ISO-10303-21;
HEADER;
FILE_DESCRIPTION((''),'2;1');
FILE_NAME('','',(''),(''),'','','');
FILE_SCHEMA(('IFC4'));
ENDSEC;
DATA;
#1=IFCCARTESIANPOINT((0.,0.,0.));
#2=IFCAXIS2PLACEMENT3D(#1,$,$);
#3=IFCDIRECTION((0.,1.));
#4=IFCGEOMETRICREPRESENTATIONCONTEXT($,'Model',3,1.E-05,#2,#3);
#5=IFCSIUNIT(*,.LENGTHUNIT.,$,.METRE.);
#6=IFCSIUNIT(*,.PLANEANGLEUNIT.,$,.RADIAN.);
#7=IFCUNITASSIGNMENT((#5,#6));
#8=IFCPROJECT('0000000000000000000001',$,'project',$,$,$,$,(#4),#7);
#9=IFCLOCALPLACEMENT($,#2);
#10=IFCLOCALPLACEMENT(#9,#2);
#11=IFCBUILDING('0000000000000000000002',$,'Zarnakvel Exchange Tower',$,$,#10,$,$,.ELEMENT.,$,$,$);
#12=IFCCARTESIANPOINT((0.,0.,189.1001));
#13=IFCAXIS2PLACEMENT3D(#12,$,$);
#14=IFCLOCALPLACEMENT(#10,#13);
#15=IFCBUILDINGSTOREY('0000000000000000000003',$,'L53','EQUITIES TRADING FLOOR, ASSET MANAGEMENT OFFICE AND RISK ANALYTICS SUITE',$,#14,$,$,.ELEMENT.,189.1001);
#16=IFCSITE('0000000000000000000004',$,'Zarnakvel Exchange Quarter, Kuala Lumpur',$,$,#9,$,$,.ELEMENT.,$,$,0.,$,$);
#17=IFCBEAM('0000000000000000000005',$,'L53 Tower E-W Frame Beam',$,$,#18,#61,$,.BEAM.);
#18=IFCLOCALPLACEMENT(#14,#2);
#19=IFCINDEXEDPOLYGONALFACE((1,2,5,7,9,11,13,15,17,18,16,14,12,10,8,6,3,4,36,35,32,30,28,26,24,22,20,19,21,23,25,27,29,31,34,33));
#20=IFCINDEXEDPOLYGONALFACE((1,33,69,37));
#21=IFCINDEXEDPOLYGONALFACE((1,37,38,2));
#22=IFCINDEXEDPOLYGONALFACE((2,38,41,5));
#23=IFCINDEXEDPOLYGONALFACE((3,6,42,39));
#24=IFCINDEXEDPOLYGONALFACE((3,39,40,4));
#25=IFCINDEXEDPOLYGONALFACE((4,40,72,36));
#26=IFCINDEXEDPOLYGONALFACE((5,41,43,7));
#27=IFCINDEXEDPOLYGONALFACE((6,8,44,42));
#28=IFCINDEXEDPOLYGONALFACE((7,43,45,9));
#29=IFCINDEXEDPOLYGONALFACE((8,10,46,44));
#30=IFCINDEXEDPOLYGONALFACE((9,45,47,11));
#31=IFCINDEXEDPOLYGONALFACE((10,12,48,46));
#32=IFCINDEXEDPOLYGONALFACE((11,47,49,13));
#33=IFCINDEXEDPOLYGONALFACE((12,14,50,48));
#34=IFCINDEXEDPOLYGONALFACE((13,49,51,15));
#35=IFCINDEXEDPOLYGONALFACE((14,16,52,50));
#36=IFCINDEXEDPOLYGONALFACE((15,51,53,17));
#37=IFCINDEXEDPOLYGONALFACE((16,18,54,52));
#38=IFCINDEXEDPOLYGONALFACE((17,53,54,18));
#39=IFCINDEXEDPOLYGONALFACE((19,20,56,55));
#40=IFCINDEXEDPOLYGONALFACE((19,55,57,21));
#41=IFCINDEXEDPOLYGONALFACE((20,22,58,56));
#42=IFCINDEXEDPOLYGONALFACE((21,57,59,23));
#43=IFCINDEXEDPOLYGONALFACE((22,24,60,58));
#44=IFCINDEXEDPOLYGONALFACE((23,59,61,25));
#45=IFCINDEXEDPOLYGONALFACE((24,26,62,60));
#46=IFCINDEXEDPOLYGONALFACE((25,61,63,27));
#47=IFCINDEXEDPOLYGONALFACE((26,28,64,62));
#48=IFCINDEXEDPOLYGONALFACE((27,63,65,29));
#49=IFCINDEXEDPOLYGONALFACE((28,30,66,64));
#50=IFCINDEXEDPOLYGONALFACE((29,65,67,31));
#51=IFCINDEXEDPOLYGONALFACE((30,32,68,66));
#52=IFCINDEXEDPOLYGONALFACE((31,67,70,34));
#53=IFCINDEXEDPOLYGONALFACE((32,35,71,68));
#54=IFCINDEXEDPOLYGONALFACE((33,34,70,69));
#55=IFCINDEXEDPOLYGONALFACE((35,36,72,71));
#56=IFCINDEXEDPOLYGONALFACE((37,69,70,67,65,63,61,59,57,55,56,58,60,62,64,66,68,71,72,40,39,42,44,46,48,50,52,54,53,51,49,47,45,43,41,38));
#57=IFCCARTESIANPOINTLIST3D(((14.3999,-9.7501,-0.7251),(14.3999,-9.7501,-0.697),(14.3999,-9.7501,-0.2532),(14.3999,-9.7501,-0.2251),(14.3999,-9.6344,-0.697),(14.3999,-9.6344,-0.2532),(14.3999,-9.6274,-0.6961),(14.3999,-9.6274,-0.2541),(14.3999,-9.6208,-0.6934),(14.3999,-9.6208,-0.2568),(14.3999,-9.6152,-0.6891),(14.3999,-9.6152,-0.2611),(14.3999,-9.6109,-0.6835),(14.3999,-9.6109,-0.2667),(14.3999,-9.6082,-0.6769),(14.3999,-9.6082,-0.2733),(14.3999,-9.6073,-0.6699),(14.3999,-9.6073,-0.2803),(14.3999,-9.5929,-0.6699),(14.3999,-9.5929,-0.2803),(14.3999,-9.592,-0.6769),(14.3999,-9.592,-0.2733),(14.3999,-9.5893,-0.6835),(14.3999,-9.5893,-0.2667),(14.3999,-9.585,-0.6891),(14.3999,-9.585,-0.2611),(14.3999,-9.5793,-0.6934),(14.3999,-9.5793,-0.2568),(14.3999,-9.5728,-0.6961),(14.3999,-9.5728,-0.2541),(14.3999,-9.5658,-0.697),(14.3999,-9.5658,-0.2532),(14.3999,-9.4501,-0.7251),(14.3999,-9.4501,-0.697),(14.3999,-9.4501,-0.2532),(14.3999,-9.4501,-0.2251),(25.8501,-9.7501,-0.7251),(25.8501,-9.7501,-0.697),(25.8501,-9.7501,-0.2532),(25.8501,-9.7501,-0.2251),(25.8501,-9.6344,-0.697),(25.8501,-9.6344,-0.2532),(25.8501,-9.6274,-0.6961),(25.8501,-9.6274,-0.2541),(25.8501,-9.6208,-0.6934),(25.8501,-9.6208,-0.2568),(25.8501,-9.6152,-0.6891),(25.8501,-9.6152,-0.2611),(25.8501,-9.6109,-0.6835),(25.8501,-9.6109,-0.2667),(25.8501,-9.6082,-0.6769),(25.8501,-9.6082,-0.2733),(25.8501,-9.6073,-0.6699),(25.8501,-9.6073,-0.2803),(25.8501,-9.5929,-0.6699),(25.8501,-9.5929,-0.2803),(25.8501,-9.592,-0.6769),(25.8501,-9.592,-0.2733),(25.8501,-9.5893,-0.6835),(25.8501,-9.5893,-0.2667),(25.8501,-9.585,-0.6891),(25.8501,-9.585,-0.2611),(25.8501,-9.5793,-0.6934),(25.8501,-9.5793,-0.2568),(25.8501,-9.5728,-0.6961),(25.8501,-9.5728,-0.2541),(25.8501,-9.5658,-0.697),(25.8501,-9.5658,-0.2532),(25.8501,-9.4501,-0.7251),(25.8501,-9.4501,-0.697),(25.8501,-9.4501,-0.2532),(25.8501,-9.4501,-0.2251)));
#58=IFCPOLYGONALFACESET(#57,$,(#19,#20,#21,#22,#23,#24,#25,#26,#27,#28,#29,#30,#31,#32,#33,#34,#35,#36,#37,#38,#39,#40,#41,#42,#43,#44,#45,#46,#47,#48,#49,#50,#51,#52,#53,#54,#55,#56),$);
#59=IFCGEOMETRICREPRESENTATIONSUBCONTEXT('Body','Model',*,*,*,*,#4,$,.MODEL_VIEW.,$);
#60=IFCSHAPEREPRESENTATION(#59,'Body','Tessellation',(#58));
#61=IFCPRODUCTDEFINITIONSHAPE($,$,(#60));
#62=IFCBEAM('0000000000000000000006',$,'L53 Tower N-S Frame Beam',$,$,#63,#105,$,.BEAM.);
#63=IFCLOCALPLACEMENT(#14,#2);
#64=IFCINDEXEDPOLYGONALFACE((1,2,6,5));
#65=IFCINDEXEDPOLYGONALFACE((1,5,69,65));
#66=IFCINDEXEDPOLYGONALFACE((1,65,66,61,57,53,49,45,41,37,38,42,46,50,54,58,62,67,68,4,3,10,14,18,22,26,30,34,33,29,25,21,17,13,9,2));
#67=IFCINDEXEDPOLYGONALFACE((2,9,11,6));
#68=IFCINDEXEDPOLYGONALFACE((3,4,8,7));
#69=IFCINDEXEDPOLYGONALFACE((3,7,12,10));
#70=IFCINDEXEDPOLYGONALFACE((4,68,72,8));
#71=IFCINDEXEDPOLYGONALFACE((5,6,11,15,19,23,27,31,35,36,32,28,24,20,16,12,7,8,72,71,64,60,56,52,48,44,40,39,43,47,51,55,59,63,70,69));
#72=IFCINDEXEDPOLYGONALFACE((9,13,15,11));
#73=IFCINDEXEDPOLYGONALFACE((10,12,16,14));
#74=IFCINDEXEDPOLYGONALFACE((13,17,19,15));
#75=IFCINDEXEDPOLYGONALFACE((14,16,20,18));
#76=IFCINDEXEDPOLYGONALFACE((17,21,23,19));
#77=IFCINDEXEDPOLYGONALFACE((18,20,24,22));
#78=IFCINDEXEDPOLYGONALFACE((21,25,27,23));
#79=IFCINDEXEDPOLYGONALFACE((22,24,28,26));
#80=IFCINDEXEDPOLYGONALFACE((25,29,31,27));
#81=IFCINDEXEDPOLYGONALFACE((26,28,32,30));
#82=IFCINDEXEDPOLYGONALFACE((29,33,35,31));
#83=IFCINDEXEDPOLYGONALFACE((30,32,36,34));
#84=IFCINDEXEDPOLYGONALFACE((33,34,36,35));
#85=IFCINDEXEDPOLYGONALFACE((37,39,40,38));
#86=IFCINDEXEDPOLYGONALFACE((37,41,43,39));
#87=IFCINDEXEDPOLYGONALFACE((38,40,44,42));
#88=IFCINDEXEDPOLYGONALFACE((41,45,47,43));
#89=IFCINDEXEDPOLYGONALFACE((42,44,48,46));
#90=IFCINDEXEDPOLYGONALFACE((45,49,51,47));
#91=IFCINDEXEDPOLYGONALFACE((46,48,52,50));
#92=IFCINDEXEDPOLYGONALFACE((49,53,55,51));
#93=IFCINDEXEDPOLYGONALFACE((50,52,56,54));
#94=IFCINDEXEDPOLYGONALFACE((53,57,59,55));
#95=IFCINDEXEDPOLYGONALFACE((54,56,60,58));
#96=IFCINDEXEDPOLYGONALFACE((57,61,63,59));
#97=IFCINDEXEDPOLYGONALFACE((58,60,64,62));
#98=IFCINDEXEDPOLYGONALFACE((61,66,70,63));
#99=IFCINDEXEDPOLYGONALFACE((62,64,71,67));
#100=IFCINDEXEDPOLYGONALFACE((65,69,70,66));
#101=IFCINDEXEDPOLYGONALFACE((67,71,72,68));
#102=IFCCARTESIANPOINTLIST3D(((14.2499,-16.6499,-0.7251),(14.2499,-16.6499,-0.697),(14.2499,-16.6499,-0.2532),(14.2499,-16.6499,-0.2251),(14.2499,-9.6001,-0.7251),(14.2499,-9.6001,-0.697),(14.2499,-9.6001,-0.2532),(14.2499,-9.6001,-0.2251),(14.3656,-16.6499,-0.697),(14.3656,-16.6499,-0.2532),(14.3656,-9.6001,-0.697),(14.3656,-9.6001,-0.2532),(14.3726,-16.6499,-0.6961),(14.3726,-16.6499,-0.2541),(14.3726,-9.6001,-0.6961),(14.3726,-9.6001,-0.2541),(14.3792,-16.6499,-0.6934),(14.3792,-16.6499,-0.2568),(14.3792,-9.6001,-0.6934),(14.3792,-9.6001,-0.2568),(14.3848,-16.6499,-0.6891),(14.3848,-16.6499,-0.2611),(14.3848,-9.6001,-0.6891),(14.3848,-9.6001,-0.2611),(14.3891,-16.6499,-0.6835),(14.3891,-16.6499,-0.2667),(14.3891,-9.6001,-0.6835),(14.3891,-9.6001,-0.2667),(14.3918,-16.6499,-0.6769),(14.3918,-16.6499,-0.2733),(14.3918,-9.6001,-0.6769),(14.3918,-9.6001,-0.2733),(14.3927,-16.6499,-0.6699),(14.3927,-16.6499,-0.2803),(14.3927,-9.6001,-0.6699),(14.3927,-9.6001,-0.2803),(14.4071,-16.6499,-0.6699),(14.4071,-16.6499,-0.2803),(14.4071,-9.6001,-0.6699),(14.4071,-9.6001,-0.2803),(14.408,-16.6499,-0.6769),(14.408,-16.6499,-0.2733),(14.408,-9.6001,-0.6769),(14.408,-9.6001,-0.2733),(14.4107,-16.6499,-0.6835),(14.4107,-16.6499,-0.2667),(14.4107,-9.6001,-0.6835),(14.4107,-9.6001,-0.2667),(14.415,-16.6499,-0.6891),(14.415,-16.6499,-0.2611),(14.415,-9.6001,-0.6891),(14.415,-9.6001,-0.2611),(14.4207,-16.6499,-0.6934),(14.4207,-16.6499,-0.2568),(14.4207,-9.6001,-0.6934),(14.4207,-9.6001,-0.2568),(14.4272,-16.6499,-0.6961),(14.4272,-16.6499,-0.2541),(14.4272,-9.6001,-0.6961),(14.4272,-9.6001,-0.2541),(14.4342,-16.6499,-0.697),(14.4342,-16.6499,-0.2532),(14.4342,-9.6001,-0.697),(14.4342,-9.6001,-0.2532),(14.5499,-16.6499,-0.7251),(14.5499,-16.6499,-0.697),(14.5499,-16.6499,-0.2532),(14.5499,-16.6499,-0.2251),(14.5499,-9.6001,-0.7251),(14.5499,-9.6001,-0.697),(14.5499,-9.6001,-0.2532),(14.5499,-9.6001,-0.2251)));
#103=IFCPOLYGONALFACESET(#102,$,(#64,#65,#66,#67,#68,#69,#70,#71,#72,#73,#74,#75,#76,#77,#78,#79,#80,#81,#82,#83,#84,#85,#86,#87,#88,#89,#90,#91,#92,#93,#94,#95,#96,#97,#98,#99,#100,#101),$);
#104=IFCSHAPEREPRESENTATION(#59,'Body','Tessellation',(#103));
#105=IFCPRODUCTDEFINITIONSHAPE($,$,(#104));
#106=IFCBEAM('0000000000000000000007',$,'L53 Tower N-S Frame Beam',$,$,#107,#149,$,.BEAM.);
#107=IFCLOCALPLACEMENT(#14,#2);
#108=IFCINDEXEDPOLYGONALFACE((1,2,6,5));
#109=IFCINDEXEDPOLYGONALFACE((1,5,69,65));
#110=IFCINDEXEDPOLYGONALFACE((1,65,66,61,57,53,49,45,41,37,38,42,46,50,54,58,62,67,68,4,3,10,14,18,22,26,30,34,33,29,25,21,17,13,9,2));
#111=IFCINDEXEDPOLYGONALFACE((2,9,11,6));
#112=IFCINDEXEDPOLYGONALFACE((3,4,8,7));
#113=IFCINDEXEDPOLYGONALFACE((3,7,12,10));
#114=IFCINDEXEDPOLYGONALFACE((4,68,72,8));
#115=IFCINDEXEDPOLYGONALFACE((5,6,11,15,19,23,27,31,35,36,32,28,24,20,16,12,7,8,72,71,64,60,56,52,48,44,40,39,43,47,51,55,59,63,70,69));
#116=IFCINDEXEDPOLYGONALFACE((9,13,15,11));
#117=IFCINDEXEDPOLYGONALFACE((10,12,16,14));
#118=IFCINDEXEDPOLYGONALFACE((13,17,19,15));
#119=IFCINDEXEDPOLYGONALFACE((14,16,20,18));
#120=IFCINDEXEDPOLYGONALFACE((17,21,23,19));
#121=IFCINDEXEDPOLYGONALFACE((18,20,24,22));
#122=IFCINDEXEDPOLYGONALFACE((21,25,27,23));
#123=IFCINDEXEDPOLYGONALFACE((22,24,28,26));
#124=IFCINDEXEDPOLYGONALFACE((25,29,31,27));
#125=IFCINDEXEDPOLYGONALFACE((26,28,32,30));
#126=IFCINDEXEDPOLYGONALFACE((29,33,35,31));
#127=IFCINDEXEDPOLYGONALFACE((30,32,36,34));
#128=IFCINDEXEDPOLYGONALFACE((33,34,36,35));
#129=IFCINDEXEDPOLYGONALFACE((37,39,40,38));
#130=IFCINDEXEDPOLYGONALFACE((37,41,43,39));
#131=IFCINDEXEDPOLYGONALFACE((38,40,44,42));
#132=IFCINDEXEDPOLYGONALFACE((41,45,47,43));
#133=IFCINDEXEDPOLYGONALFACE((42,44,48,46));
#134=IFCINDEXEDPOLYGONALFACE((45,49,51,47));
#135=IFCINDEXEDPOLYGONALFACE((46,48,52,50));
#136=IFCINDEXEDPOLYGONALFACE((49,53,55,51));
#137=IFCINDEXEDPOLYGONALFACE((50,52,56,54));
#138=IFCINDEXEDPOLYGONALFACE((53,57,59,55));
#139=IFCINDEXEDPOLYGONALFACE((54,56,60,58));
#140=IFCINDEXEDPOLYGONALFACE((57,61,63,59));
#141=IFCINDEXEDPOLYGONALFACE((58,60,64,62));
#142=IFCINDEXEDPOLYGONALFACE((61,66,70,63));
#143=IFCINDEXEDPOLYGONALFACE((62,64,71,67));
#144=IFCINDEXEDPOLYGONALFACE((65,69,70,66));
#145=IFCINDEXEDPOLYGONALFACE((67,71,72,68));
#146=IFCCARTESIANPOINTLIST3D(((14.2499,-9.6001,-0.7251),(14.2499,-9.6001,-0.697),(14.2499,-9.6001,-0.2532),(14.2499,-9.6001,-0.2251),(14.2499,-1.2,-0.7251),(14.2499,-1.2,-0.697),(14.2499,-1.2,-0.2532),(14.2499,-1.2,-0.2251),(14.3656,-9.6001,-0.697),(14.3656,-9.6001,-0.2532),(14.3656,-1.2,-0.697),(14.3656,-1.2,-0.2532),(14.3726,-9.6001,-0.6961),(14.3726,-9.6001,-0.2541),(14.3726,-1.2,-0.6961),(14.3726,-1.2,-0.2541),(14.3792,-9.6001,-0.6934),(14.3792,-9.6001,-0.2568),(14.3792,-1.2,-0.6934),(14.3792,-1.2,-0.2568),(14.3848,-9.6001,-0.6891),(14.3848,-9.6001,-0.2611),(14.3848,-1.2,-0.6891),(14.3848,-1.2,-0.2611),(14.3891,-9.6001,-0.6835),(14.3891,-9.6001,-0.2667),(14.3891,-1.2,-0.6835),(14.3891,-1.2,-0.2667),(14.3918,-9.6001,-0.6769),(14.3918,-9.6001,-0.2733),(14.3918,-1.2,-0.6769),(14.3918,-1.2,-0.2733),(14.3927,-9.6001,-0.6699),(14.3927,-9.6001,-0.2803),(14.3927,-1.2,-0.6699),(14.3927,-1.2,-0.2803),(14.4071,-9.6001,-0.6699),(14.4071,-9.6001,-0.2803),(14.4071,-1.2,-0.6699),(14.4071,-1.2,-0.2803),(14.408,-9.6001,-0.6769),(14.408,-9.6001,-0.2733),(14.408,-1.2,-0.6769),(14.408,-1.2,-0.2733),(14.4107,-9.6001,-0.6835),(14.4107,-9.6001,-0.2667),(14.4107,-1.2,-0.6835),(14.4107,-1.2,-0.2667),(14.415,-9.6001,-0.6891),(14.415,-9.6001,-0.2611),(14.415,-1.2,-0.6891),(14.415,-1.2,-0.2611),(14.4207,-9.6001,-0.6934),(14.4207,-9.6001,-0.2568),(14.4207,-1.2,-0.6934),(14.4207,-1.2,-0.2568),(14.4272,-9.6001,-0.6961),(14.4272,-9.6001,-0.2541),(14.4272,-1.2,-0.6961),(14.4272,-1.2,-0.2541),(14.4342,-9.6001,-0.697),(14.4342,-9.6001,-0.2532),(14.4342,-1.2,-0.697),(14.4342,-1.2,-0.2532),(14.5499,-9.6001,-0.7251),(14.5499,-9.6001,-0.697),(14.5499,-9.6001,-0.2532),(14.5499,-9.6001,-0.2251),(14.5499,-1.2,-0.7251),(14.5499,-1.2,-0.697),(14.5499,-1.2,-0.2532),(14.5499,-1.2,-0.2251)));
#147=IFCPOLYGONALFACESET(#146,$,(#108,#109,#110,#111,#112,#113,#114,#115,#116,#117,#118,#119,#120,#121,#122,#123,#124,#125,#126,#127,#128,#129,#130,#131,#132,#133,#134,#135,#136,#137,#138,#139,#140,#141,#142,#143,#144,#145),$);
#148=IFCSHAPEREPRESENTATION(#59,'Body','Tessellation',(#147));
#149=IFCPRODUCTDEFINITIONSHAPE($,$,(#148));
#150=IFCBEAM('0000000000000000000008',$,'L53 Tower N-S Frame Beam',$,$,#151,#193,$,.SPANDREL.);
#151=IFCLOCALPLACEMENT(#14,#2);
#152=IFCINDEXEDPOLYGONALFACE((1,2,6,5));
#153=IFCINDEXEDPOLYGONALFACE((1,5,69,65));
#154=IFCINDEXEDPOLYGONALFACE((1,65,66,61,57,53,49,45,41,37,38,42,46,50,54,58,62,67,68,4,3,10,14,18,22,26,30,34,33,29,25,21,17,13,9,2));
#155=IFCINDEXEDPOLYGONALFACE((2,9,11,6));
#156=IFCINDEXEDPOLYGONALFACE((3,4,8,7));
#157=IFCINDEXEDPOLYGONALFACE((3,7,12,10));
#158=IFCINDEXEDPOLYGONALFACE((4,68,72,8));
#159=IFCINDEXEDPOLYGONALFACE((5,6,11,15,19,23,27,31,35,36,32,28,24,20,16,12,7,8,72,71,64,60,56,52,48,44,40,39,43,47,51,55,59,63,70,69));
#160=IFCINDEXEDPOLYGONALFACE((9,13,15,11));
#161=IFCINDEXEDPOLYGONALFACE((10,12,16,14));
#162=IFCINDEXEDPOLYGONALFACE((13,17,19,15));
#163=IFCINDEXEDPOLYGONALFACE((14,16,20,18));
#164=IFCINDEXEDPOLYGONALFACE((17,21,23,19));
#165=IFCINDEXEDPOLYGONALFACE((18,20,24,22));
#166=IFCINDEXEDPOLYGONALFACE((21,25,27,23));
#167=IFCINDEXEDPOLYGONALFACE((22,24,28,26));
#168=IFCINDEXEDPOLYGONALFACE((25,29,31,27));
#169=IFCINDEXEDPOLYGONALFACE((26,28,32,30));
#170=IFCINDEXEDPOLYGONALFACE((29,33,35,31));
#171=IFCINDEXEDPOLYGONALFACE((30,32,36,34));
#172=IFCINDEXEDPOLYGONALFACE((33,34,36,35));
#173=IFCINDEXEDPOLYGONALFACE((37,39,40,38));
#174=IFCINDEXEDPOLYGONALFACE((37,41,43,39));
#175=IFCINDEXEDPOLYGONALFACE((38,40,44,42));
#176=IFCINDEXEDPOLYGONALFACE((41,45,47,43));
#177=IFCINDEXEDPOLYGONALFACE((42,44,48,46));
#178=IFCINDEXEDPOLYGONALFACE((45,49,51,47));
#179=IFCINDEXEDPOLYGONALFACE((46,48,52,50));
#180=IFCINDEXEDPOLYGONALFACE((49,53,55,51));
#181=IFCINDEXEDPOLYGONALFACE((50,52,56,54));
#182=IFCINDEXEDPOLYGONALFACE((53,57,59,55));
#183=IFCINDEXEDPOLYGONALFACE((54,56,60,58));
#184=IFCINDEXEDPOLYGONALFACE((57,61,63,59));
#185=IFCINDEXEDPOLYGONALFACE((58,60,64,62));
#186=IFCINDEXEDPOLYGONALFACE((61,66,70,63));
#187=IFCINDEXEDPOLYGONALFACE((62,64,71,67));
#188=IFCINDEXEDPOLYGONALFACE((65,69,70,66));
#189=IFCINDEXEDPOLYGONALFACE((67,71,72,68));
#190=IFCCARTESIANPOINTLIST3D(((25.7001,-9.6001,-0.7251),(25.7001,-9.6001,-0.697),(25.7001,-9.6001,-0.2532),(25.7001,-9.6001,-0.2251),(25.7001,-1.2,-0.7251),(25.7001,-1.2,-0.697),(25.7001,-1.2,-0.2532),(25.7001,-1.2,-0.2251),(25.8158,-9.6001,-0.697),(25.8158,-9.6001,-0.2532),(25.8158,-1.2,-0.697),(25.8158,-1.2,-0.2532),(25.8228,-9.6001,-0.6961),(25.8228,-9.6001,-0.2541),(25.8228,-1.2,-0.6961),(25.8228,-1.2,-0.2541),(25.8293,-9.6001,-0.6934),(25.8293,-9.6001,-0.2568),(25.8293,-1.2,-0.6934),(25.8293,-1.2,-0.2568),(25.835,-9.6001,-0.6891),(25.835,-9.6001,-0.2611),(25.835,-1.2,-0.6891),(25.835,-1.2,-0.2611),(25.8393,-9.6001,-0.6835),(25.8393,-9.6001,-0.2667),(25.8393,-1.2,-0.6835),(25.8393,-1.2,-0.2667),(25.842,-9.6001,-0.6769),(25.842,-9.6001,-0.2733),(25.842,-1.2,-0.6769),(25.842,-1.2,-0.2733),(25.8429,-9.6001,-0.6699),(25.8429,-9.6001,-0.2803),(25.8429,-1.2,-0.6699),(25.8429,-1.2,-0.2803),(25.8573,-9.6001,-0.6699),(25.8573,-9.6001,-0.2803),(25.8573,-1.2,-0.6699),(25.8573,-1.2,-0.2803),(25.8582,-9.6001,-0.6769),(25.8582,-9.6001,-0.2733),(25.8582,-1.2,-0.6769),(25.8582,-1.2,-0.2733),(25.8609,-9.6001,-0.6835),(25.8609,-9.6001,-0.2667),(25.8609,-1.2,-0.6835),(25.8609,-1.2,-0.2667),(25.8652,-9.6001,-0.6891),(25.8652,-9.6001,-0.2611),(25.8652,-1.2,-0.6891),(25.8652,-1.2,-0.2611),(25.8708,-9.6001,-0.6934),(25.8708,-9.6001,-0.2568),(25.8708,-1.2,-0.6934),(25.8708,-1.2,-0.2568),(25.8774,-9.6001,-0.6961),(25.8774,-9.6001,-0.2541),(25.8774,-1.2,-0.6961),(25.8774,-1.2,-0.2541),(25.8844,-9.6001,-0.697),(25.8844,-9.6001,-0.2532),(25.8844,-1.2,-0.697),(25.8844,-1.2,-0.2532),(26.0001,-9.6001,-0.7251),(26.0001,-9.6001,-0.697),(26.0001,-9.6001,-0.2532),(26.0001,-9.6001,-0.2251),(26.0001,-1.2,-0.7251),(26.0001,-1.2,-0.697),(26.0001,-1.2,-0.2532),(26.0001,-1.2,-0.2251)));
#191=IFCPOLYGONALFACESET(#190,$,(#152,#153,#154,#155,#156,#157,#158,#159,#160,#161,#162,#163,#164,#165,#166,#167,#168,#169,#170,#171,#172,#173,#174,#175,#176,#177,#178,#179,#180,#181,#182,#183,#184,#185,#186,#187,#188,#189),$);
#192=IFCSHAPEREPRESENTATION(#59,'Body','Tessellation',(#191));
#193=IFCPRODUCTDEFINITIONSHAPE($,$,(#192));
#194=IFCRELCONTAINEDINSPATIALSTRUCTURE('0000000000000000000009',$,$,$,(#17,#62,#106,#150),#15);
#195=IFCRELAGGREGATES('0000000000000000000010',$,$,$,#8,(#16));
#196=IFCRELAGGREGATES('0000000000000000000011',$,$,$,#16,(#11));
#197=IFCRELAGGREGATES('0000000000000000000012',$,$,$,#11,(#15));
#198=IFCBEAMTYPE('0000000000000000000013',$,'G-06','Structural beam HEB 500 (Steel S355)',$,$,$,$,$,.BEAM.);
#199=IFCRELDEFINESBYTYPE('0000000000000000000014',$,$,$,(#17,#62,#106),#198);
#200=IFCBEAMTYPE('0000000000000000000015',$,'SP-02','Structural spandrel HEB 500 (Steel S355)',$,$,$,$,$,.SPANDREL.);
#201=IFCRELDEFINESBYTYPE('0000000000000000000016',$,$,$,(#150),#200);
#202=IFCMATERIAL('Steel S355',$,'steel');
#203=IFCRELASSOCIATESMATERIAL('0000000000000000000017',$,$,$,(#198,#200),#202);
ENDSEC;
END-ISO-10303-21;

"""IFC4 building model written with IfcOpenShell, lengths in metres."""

from ifc_helpers import new_model, si_unit, direction, frame, origin, origin_2d, place, context, subcontext, project, spatial, i_section, extrude, material, material_profile, profile_set, type_object, element, save


model = new_model("IFC4")

# Units and contexts
model_context = context("Model", 3, precision=1e-05, world=origin(), true_north=direction((0.0, 1.0)))
body_context = subcontext(model_context, "Body", "Model", "MODEL_VIEW")
ifc_project = project(units=[si_unit("LENGTHUNIT", "METRE"), si_unit("PLANEANGLEUNIT", "RADIAN")], contexts=[model_context])

# Site, building, storey
site_placement = place(None, origin())
site = spatial("IfcSite", under=ifc_project, at=site_placement, Name="Zarnakvel Exchange Quarter, Kuala Lumpur", CompositionType="ELEMENT", RefElevation=0.0)
building_placement = place(site_placement, origin())
building = spatial("IfcBuilding", under=site, at=building_placement, Name="Zarnakvel Exchange Tower", CompositionType="ELEMENT")
storey_placement = place(building_placement, frame((0.0, 0.0, 189.1001)))
storey = spatial("IfcBuildingStorey", under=building, at=storey_placement, Name="L53", Description="EQUITIES TRADING FLOOR, ASSET MANAGEMENT OFFICE AND RISK ANALYTICS SUITE", CompositionType="ELEMENT", Elevation=189.1001)

# Shared definitions
ifc_material_1 = material(Name="Steel S355", Category="steel")

# Beams
ifc_material_profile_1 = material_profile(ifc_material_1, i_section(OverallWidth=0.3, OverallDepth=0.5, WebThickness=0.0144, FlangeThickness=0.0281, FilletRadius=0.0271, at=origin_2d()))
ifc_profile_set_1 = profile_set([ifc_material_profile_1], Name="Steel S355")
beam_type_1 = type_object("IfcBeamType", Name="G-06", Description="Structural beam HEB 500 (Steel S355)", PredefinedType="BEAM", material=ifc_profile_set_1)
beam_1_placement = place(storey_placement, frame((14.3999, -9.6001, -0.4751), z_axis=(1.0, 0.0, 0.0), x_axis=(0.0, 1.0, 0.0)))
element("IfcBeam", 1, at=beam_1_placement, inside=storey, type_object=beam_type_1, Name="L53 Tower E-W Frame Beam", PredefinedType="BEAM", context=body_context, shape_type="SweptSolid", body=[
    extrude(i_section(OverallWidth=0.3, OverallDepth=0.5, WebThickness=0.0144, FlangeThickness=0.0281, FilletRadius=0.0271, at=origin_2d()), origin(), (0.0, 0.0, 1.0), 11.4502),
])
beam_2_placement = place(storey_placement, frame((14.3999, -16.6499, -0.4751), z_axis=(0.0, 1.0, 0.0), x_axis=(-1.0, 0.0, 0.0)))
element("IfcBeam", 2, at=beam_2_placement, inside=storey, type_object=beam_type_1, Name="L53 Tower N-S Frame Beam", PredefinedType="BEAM", context=body_context, shape_type="SweptSolid", body=[
    extrude(i_section(OverallWidth=0.3, OverallDepth=0.5, WebThickness=0.0144, FlangeThickness=0.0281, FilletRadius=0.0271, at=origin_2d()), origin(), (0.0, 0.0, 1.0), 7.0498),
])
beam_3_placement = place(storey_placement, frame((14.3999, -9.6001, -0.4751), z_axis=(0.0, 1.0, 0.0), x_axis=(-1.0, 0.0, 0.0)))
element("IfcBeam", 3, at=beam_3_placement, inside=storey, type_object=beam_type_1, Name="L53 Tower N-S Frame Beam", PredefinedType="BEAM", context=body_context, shape_type="SweptSolid", body=[
    extrude(i_section(OverallWidth=0.3, OverallDepth=0.5, WebThickness=0.0144, FlangeThickness=0.0281, FilletRadius=0.0271, at=origin_2d()), origin(), (0.0, 0.0, 1.0), 8.4001),
])
ifc_material_profile_2 = material_profile(ifc_material_1, i_section(OverallWidth=0.3, OverallDepth=0.5, WebThickness=0.0144, FlangeThickness=0.0281, FilletRadius=0.0271, at=origin_2d()))
ifc_profile_set_2 = profile_set([ifc_material_profile_2], Name="Steel S355")
beam_type_2 = type_object("IfcBeamType", Name="SP-02", Description="Structural spandrel HEB 500 (Steel S355)", PredefinedType="SPANDREL", material=ifc_profile_set_2)
beam_4_placement = place(storey_placement, frame((25.8501, -9.6001, -0.4751), z_axis=(0.0, 1.0, 0.0), x_axis=(-1.0, 0.0, 0.0)))
element("IfcBeam", 4, at=beam_4_placement, inside=storey, type_object=beam_type_2, Name="L53 Tower N-S Frame Beam", PredefinedType="SPANDREL", context=body_context, shape_type="SweptSolid", body=[
    extrude(i_section(OverallWidth=0.3, OverallDepth=0.5, WebThickness=0.0144, FlangeThickness=0.0281, FilletRadius=0.0271, at=origin_2d()), origin(), (0.0, 0.0, 1.0), 8.4001),
])

save(model, "model.ifc")
